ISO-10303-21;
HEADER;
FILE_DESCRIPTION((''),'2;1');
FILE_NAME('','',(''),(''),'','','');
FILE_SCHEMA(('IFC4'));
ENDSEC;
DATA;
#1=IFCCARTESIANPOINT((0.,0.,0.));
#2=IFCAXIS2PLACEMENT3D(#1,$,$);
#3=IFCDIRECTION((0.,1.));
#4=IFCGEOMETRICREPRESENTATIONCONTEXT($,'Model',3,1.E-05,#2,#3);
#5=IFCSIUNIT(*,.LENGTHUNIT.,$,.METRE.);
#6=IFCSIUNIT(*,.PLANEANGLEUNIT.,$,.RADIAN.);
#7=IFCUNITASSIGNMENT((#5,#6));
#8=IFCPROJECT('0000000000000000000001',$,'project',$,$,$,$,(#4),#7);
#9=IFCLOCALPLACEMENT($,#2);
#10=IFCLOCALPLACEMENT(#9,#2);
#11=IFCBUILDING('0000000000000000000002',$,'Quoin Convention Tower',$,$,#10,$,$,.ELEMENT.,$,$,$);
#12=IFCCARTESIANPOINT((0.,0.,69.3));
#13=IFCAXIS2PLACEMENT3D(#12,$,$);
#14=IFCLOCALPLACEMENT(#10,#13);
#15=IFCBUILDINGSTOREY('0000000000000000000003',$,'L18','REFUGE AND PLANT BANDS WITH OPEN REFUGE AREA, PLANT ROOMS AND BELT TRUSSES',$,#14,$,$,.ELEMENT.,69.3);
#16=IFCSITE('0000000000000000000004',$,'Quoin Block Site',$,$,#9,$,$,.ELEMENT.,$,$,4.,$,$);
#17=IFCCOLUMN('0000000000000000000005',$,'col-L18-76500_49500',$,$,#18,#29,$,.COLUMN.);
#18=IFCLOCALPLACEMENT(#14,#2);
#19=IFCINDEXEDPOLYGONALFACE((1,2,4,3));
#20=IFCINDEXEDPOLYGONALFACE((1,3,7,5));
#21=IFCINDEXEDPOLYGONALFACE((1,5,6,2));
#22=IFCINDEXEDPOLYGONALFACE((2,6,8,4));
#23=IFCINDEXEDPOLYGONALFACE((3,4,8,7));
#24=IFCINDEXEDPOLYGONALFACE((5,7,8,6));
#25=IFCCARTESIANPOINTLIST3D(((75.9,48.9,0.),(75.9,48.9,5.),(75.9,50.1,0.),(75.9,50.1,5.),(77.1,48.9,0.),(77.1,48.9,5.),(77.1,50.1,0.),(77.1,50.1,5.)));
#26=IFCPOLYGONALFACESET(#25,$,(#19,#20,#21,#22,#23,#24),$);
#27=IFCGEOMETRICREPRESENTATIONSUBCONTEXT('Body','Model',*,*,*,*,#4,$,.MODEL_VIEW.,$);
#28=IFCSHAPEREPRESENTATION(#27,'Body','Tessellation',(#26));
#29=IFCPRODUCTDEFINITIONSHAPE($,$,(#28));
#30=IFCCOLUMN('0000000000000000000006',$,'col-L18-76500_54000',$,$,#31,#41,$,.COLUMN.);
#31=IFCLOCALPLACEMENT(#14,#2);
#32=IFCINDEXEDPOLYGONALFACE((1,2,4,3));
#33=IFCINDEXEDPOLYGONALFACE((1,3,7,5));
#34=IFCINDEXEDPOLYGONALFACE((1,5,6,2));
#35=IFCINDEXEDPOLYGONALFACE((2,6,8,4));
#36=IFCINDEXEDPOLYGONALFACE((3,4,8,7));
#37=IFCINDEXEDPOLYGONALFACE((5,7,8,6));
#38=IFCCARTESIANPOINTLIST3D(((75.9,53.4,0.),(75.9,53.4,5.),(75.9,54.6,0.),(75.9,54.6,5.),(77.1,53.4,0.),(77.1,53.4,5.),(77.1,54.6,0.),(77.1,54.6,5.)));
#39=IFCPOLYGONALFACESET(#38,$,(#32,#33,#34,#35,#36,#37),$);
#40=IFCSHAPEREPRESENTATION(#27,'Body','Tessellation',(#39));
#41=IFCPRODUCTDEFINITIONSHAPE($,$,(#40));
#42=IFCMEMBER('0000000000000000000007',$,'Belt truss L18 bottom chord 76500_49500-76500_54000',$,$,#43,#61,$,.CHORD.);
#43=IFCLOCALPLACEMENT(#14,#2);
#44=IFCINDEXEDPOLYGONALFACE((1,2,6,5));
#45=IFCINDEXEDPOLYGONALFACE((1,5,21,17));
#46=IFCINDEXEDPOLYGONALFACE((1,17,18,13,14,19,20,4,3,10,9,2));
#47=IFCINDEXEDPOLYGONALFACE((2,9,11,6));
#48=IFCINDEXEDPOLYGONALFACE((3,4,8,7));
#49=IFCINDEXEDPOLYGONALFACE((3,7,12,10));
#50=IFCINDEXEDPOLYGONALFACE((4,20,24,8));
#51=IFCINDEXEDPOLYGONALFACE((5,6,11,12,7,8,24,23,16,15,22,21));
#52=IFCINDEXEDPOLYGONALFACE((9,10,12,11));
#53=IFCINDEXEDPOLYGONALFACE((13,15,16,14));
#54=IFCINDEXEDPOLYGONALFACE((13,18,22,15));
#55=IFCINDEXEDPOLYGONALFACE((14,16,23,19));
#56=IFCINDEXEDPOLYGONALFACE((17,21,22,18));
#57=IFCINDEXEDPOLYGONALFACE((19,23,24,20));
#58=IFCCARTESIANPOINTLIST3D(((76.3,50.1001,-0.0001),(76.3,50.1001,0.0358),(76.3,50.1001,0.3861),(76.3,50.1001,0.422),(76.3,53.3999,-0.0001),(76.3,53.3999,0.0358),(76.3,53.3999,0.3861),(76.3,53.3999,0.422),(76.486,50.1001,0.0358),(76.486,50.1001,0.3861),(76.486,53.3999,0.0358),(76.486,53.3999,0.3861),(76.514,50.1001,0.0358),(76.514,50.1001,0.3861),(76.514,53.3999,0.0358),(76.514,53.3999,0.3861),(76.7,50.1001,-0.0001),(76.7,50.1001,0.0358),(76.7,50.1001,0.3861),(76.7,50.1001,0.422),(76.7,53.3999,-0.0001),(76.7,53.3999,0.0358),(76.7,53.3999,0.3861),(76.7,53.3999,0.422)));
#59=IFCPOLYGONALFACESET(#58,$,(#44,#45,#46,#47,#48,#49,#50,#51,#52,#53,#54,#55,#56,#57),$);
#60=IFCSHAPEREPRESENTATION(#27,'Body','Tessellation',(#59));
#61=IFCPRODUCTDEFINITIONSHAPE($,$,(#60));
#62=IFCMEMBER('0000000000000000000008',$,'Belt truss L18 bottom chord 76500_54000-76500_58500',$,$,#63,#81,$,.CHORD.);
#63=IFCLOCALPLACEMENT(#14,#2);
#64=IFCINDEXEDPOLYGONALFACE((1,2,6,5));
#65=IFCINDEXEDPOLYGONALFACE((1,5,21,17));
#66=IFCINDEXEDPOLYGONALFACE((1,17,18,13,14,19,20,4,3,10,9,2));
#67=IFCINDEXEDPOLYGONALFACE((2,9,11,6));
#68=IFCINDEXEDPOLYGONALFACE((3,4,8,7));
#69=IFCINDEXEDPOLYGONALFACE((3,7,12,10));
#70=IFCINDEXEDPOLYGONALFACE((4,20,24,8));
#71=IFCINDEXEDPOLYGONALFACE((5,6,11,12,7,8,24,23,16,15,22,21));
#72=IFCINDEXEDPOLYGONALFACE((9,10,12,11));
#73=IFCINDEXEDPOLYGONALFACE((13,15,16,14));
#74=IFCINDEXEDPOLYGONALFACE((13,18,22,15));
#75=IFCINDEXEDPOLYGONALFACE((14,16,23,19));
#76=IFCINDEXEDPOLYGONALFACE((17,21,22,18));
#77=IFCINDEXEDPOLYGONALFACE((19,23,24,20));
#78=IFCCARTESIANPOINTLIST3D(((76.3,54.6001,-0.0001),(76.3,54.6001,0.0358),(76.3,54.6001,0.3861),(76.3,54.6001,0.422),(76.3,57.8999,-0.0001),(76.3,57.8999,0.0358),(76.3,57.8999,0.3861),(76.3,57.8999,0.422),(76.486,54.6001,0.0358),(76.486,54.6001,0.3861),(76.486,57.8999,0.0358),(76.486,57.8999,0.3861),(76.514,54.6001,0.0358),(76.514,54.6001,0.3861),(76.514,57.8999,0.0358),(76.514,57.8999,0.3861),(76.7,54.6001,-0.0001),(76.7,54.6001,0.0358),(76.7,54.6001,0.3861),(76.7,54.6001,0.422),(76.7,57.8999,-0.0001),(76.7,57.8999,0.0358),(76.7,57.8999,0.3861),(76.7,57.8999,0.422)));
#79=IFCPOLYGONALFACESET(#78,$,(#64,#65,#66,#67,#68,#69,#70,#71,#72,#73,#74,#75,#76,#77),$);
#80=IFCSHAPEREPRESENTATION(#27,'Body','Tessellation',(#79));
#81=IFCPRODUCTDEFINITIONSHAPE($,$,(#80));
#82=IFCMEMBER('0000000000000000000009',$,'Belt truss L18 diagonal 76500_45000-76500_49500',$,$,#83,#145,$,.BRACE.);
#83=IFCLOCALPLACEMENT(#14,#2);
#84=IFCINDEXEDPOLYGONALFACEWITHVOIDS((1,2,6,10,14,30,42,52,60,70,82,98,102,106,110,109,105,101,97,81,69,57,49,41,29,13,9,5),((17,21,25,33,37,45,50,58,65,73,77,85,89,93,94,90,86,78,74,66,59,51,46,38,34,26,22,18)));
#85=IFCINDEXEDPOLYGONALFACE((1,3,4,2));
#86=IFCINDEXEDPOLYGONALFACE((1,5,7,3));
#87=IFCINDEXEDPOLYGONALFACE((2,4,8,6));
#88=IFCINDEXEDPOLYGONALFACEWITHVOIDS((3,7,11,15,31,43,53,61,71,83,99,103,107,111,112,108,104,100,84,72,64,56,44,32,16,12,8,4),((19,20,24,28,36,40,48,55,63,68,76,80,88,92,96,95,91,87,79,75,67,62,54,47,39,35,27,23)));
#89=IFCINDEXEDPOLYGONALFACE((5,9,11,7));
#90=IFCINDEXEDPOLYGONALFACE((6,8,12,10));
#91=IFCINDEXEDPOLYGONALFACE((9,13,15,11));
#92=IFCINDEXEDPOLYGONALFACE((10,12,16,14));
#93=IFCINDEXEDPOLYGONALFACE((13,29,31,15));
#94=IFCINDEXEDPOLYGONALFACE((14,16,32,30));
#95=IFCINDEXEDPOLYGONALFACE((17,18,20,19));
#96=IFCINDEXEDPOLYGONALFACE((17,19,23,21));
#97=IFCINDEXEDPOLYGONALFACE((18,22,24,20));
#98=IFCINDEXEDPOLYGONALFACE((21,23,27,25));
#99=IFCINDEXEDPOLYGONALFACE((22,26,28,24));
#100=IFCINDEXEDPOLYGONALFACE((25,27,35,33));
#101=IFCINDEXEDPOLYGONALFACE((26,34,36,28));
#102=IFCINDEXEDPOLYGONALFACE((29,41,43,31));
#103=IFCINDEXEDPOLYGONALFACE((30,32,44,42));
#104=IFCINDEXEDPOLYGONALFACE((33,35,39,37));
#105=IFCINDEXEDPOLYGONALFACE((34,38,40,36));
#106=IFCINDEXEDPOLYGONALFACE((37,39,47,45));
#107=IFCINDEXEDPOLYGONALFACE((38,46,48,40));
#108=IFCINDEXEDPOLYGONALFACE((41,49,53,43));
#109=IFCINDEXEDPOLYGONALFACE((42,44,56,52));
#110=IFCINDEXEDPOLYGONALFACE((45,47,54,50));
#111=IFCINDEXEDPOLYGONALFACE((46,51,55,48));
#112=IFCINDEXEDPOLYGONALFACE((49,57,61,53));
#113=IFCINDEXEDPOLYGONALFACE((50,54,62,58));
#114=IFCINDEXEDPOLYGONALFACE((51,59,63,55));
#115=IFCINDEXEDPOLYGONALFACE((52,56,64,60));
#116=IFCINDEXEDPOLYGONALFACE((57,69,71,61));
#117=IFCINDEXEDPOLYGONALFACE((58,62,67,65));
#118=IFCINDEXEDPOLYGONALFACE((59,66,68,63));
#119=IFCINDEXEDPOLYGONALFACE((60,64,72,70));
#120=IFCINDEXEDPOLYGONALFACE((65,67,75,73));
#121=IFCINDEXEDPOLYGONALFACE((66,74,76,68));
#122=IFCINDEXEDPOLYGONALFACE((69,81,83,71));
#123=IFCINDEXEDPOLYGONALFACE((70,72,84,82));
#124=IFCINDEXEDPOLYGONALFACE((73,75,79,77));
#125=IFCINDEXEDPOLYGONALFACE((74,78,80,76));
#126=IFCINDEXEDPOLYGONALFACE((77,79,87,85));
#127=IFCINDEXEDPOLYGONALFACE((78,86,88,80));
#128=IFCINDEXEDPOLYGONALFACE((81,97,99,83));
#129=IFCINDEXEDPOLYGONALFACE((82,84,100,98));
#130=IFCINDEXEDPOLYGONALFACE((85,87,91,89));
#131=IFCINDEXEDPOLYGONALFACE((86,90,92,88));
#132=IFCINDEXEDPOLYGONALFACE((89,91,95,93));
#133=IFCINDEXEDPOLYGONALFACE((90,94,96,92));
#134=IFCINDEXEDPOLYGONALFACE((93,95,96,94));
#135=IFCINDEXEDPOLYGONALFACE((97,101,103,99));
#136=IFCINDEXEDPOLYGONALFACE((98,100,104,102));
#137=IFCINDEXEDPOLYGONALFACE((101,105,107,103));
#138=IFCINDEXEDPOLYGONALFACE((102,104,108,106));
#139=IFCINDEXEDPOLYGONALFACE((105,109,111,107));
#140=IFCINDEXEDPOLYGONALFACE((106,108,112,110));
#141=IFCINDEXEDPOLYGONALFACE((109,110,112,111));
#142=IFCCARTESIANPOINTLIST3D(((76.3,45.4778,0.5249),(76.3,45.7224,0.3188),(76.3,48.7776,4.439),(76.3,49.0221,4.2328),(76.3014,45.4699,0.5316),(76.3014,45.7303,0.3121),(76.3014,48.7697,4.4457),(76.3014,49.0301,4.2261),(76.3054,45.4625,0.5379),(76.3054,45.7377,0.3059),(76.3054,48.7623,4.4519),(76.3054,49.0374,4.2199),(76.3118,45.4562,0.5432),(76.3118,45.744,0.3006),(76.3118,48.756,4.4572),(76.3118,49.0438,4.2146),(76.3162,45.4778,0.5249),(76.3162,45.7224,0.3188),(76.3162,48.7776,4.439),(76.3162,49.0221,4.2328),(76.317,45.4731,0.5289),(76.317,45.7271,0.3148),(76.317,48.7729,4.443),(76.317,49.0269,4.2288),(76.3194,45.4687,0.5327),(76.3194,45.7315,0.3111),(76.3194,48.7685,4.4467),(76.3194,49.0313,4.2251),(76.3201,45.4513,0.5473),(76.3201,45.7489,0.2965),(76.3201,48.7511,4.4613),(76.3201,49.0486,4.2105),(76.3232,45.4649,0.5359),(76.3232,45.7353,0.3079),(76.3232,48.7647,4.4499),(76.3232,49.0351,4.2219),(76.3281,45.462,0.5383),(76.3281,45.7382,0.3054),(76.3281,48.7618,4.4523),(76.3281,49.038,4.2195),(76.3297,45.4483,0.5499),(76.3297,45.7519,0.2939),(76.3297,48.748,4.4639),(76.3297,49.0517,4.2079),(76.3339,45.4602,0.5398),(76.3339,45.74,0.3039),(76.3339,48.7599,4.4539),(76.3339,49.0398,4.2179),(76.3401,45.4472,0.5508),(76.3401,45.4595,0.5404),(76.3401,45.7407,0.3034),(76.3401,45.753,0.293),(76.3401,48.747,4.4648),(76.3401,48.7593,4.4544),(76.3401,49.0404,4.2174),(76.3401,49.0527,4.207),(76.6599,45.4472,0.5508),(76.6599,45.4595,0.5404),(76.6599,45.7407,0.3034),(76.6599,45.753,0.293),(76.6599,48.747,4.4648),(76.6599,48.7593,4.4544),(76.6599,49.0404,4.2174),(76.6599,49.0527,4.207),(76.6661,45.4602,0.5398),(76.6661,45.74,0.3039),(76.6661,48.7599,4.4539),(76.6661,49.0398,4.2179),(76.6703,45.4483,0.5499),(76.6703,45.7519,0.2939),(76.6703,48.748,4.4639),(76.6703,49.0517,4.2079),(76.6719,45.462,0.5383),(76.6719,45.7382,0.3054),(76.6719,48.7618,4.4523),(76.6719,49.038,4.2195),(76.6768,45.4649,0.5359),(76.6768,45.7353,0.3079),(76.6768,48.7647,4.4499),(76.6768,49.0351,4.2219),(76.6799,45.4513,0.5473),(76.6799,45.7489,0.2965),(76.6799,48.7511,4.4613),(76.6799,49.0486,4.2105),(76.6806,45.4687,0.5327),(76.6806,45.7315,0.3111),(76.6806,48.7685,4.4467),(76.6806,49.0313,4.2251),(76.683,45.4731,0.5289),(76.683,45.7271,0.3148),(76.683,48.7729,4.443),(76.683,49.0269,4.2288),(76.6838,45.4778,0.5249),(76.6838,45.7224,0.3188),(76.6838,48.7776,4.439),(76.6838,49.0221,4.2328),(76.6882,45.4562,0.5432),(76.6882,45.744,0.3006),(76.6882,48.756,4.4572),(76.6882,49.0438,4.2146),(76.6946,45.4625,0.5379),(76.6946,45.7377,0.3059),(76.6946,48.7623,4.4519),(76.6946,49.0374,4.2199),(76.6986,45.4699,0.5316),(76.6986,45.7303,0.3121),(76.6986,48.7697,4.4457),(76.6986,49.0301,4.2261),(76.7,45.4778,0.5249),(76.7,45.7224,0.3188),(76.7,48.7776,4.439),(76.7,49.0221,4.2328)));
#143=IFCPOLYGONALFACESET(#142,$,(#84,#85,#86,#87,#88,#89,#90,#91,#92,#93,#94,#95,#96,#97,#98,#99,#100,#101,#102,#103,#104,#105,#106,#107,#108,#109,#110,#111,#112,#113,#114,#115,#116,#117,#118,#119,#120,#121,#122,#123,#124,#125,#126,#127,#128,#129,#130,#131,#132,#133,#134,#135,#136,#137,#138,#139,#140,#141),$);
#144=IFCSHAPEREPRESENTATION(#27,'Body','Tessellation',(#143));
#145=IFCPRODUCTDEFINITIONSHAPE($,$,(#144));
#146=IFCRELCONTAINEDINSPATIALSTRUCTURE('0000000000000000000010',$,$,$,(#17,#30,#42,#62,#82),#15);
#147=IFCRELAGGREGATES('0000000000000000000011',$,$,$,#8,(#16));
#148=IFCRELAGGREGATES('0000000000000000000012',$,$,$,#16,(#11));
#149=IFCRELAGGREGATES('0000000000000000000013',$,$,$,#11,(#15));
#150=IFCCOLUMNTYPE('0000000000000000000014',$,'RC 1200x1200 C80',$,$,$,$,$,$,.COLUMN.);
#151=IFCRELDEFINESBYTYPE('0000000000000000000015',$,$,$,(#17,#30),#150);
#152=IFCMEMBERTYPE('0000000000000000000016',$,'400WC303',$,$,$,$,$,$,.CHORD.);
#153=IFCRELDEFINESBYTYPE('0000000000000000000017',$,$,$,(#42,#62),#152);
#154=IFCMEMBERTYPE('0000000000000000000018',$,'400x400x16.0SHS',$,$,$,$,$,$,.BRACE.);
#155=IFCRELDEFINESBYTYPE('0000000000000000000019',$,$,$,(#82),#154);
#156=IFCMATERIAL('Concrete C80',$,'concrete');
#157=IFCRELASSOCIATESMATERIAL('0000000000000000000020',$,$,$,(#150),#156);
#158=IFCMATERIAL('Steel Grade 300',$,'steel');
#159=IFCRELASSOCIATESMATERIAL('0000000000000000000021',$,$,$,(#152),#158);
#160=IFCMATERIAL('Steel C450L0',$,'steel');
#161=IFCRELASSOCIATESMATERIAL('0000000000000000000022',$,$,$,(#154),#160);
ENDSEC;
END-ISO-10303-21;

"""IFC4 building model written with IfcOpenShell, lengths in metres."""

from ifc_helpers import new_model, si_unit, direction, frame, origin, origin_2d, place, context, subcontext, project, spatial, rectangle, hollow_rectangle, i_section, extrude, material, material_profile, profile_set, type_object, element, save


model = new_model("IFC4")

# Units and contexts
model_context = context("Model", 3, precision=1e-05, world=origin(), true_north=direction((0.0, 1.0)))
body_context = subcontext(model_context, "Body", "Model", "MODEL_VIEW")
ifc_project = project(units=[si_unit("LENGTHUNIT", "METRE"), si_unit("PLANEANGLEUNIT", "RADIAN")], contexts=[model_context])

# Site, building, storey
site_placement = place(None, origin())
site = spatial("IfcSite", under=ifc_project, at=site_placement, Name="Quoin Block Site", CompositionType="ELEMENT", RefElevation=4.0)
building_placement = place(site_placement, origin())
building = spatial("IfcBuilding", under=site, at=building_placement, Name="Quoin Convention Tower", CompositionType="ELEMENT")
storey_placement = place(building_placement, frame((0.0, 0.0, 69.3)))
storey = spatial("IfcBuildingStorey", under=building, at=storey_placement, Name="L18", Description="REFUGE AND PLANT BANDS WITH OPEN REFUGE AREA, PLANT ROOMS AND BELT TRUSSES", CompositionType="ELEMENT", Elevation=69.3)

# Columns
ifc_material_1 = material(Name="Concrete C80", Category="concrete")
ifc_material_profile_1 = material_profile(ifc_material_1, rectangle(XDim=1.2, YDim=1.2, at=origin_2d()), Name="RC 1200x1200")
ifc_profile_set_1 = profile_set([ifc_material_profile_1], Name="Concrete C80")
column_type = type_object("IfcColumnType", Name="RC 1200x1200 C80", PredefinedType="COLUMN", material=ifc_profile_set_1)
for number, where, z_axis, x_axis, name in (
    (1, (76.5, 49.5, 0.0), (0.0, 0.0, 1.0), (1.0, 0.0, 0.0), "col-L18-76500_49500"),
    (2, (76.5, 54.0, 0.0), (0.0, 0.0, 1.0), (1.0, 0.0, 0.0), "col-L18-76500_54000"),
):
    element("IfcColumn", number, at=place(storey_placement, frame(where, z_axis=z_axis, x_axis=x_axis)), inside=storey, type_object=column_type, Name=name, PredefinedType="COLUMN", context=body_context, shape_type="SweptSolid", body=[
        extrude(rectangle(XDim=1.2, YDim=1.2, at=origin_2d()), origin(), (0.0, 0.0, 1.0), 5.0),
    ])

# Members
ifc_material_2 = material(Name="Steel Grade 300", Category="steel")
ifc_material_profile_2 = material_profile(ifc_material_2, i_section(OverallWidth=0.3999, OverallDepth=0.4221, WebThickness=0.0281, FlangeThickness=0.0359, at=origin_2d()), Name="400WC303")
ifc_profile_set_2 = profile_set([ifc_material_profile_2], Name="Steel Grade 300")
member_type_1 = type_object("IfcMemberType", Name="400WC303", PredefinedType="CHORD", material=ifc_profile_set_2)
for number, where, z_axis, x_axis, name in (
    (3, (76.5, 50.1001, 0.2109), (0.0, 1.0, 0.0), (-1.0, 0.0, 0.0), "Belt truss L18 bottom chord 76500_49500-76500_54000"),
    (4, (76.5, 54.6001, 0.2109), (0.0, 1.0, 0.0), (-1.0, 0.0, 0.0), "Belt truss L18 bottom chord 76500_54000-76500_58500"),
):
    element("IfcMember", number, at=place(storey_placement, frame(where, z_axis=z_axis, x_axis=x_axis)), inside=storey, type_object=member_type_1, Name=name, PredefinedType="CHORD", context=body_context, shape_type="SweptSolid", body=[
        extrude(i_section(OverallWidth=0.3999, OverallDepth=0.4221, WebThickness=0.0281, FlangeThickness=0.0359, at=origin_2d()), origin(), (0.0, 0.0, 1.0), 3.2998),
    ])
ifc_material_3 = material(Name="Steel C450L0", Category="steel")
ifc_material_profile_3 = material_profile(ifc_material_3, hollow_rectangle(XDim=0.3999, YDim=0.3999, WallThickness=0.0161, InnerFilletRadius=0.0239, OuterFilletRadius=0.04, at=origin_2d()), Name="400x400x16.0SHS")
ifc_profile_set_3 = profile_set([ifc_material_profile_3], Name="Steel C450L0")
member_type_2 = type_object("IfcMemberType", Name="400x400x16.0SHS", PredefinedType="BRACE", material=ifc_profile_set_3)
for number, where, z_axis, x_axis, name in (
    (5, (76.5, 45.6001, 0.4219), (0.0, 0.644564, 0.76455), (-1.0, 0.0, 0.0), "Belt truss L18 diagonal 76500_45000-76500_49500"),
):
    element("IfcMember", number, at=place(storey_placement, frame(where, z_axis=z_axis, x_axis=x_axis)), inside=storey, type_object=member_type_2, Name=name, PredefinedType="BRACE", context=body_context, shape_type="SweptSolid", body=[
        extrude(hollow_rectangle(XDim=0.3999, YDim=0.3999, WallThickness=0.0161, InnerFilletRadius=0.0239, OuterFilletRadius=0.04, at=origin_2d()), origin(), (0.0, 0.0, 1.0), 5.1194),
    ])

save(model, "model.ifc")
